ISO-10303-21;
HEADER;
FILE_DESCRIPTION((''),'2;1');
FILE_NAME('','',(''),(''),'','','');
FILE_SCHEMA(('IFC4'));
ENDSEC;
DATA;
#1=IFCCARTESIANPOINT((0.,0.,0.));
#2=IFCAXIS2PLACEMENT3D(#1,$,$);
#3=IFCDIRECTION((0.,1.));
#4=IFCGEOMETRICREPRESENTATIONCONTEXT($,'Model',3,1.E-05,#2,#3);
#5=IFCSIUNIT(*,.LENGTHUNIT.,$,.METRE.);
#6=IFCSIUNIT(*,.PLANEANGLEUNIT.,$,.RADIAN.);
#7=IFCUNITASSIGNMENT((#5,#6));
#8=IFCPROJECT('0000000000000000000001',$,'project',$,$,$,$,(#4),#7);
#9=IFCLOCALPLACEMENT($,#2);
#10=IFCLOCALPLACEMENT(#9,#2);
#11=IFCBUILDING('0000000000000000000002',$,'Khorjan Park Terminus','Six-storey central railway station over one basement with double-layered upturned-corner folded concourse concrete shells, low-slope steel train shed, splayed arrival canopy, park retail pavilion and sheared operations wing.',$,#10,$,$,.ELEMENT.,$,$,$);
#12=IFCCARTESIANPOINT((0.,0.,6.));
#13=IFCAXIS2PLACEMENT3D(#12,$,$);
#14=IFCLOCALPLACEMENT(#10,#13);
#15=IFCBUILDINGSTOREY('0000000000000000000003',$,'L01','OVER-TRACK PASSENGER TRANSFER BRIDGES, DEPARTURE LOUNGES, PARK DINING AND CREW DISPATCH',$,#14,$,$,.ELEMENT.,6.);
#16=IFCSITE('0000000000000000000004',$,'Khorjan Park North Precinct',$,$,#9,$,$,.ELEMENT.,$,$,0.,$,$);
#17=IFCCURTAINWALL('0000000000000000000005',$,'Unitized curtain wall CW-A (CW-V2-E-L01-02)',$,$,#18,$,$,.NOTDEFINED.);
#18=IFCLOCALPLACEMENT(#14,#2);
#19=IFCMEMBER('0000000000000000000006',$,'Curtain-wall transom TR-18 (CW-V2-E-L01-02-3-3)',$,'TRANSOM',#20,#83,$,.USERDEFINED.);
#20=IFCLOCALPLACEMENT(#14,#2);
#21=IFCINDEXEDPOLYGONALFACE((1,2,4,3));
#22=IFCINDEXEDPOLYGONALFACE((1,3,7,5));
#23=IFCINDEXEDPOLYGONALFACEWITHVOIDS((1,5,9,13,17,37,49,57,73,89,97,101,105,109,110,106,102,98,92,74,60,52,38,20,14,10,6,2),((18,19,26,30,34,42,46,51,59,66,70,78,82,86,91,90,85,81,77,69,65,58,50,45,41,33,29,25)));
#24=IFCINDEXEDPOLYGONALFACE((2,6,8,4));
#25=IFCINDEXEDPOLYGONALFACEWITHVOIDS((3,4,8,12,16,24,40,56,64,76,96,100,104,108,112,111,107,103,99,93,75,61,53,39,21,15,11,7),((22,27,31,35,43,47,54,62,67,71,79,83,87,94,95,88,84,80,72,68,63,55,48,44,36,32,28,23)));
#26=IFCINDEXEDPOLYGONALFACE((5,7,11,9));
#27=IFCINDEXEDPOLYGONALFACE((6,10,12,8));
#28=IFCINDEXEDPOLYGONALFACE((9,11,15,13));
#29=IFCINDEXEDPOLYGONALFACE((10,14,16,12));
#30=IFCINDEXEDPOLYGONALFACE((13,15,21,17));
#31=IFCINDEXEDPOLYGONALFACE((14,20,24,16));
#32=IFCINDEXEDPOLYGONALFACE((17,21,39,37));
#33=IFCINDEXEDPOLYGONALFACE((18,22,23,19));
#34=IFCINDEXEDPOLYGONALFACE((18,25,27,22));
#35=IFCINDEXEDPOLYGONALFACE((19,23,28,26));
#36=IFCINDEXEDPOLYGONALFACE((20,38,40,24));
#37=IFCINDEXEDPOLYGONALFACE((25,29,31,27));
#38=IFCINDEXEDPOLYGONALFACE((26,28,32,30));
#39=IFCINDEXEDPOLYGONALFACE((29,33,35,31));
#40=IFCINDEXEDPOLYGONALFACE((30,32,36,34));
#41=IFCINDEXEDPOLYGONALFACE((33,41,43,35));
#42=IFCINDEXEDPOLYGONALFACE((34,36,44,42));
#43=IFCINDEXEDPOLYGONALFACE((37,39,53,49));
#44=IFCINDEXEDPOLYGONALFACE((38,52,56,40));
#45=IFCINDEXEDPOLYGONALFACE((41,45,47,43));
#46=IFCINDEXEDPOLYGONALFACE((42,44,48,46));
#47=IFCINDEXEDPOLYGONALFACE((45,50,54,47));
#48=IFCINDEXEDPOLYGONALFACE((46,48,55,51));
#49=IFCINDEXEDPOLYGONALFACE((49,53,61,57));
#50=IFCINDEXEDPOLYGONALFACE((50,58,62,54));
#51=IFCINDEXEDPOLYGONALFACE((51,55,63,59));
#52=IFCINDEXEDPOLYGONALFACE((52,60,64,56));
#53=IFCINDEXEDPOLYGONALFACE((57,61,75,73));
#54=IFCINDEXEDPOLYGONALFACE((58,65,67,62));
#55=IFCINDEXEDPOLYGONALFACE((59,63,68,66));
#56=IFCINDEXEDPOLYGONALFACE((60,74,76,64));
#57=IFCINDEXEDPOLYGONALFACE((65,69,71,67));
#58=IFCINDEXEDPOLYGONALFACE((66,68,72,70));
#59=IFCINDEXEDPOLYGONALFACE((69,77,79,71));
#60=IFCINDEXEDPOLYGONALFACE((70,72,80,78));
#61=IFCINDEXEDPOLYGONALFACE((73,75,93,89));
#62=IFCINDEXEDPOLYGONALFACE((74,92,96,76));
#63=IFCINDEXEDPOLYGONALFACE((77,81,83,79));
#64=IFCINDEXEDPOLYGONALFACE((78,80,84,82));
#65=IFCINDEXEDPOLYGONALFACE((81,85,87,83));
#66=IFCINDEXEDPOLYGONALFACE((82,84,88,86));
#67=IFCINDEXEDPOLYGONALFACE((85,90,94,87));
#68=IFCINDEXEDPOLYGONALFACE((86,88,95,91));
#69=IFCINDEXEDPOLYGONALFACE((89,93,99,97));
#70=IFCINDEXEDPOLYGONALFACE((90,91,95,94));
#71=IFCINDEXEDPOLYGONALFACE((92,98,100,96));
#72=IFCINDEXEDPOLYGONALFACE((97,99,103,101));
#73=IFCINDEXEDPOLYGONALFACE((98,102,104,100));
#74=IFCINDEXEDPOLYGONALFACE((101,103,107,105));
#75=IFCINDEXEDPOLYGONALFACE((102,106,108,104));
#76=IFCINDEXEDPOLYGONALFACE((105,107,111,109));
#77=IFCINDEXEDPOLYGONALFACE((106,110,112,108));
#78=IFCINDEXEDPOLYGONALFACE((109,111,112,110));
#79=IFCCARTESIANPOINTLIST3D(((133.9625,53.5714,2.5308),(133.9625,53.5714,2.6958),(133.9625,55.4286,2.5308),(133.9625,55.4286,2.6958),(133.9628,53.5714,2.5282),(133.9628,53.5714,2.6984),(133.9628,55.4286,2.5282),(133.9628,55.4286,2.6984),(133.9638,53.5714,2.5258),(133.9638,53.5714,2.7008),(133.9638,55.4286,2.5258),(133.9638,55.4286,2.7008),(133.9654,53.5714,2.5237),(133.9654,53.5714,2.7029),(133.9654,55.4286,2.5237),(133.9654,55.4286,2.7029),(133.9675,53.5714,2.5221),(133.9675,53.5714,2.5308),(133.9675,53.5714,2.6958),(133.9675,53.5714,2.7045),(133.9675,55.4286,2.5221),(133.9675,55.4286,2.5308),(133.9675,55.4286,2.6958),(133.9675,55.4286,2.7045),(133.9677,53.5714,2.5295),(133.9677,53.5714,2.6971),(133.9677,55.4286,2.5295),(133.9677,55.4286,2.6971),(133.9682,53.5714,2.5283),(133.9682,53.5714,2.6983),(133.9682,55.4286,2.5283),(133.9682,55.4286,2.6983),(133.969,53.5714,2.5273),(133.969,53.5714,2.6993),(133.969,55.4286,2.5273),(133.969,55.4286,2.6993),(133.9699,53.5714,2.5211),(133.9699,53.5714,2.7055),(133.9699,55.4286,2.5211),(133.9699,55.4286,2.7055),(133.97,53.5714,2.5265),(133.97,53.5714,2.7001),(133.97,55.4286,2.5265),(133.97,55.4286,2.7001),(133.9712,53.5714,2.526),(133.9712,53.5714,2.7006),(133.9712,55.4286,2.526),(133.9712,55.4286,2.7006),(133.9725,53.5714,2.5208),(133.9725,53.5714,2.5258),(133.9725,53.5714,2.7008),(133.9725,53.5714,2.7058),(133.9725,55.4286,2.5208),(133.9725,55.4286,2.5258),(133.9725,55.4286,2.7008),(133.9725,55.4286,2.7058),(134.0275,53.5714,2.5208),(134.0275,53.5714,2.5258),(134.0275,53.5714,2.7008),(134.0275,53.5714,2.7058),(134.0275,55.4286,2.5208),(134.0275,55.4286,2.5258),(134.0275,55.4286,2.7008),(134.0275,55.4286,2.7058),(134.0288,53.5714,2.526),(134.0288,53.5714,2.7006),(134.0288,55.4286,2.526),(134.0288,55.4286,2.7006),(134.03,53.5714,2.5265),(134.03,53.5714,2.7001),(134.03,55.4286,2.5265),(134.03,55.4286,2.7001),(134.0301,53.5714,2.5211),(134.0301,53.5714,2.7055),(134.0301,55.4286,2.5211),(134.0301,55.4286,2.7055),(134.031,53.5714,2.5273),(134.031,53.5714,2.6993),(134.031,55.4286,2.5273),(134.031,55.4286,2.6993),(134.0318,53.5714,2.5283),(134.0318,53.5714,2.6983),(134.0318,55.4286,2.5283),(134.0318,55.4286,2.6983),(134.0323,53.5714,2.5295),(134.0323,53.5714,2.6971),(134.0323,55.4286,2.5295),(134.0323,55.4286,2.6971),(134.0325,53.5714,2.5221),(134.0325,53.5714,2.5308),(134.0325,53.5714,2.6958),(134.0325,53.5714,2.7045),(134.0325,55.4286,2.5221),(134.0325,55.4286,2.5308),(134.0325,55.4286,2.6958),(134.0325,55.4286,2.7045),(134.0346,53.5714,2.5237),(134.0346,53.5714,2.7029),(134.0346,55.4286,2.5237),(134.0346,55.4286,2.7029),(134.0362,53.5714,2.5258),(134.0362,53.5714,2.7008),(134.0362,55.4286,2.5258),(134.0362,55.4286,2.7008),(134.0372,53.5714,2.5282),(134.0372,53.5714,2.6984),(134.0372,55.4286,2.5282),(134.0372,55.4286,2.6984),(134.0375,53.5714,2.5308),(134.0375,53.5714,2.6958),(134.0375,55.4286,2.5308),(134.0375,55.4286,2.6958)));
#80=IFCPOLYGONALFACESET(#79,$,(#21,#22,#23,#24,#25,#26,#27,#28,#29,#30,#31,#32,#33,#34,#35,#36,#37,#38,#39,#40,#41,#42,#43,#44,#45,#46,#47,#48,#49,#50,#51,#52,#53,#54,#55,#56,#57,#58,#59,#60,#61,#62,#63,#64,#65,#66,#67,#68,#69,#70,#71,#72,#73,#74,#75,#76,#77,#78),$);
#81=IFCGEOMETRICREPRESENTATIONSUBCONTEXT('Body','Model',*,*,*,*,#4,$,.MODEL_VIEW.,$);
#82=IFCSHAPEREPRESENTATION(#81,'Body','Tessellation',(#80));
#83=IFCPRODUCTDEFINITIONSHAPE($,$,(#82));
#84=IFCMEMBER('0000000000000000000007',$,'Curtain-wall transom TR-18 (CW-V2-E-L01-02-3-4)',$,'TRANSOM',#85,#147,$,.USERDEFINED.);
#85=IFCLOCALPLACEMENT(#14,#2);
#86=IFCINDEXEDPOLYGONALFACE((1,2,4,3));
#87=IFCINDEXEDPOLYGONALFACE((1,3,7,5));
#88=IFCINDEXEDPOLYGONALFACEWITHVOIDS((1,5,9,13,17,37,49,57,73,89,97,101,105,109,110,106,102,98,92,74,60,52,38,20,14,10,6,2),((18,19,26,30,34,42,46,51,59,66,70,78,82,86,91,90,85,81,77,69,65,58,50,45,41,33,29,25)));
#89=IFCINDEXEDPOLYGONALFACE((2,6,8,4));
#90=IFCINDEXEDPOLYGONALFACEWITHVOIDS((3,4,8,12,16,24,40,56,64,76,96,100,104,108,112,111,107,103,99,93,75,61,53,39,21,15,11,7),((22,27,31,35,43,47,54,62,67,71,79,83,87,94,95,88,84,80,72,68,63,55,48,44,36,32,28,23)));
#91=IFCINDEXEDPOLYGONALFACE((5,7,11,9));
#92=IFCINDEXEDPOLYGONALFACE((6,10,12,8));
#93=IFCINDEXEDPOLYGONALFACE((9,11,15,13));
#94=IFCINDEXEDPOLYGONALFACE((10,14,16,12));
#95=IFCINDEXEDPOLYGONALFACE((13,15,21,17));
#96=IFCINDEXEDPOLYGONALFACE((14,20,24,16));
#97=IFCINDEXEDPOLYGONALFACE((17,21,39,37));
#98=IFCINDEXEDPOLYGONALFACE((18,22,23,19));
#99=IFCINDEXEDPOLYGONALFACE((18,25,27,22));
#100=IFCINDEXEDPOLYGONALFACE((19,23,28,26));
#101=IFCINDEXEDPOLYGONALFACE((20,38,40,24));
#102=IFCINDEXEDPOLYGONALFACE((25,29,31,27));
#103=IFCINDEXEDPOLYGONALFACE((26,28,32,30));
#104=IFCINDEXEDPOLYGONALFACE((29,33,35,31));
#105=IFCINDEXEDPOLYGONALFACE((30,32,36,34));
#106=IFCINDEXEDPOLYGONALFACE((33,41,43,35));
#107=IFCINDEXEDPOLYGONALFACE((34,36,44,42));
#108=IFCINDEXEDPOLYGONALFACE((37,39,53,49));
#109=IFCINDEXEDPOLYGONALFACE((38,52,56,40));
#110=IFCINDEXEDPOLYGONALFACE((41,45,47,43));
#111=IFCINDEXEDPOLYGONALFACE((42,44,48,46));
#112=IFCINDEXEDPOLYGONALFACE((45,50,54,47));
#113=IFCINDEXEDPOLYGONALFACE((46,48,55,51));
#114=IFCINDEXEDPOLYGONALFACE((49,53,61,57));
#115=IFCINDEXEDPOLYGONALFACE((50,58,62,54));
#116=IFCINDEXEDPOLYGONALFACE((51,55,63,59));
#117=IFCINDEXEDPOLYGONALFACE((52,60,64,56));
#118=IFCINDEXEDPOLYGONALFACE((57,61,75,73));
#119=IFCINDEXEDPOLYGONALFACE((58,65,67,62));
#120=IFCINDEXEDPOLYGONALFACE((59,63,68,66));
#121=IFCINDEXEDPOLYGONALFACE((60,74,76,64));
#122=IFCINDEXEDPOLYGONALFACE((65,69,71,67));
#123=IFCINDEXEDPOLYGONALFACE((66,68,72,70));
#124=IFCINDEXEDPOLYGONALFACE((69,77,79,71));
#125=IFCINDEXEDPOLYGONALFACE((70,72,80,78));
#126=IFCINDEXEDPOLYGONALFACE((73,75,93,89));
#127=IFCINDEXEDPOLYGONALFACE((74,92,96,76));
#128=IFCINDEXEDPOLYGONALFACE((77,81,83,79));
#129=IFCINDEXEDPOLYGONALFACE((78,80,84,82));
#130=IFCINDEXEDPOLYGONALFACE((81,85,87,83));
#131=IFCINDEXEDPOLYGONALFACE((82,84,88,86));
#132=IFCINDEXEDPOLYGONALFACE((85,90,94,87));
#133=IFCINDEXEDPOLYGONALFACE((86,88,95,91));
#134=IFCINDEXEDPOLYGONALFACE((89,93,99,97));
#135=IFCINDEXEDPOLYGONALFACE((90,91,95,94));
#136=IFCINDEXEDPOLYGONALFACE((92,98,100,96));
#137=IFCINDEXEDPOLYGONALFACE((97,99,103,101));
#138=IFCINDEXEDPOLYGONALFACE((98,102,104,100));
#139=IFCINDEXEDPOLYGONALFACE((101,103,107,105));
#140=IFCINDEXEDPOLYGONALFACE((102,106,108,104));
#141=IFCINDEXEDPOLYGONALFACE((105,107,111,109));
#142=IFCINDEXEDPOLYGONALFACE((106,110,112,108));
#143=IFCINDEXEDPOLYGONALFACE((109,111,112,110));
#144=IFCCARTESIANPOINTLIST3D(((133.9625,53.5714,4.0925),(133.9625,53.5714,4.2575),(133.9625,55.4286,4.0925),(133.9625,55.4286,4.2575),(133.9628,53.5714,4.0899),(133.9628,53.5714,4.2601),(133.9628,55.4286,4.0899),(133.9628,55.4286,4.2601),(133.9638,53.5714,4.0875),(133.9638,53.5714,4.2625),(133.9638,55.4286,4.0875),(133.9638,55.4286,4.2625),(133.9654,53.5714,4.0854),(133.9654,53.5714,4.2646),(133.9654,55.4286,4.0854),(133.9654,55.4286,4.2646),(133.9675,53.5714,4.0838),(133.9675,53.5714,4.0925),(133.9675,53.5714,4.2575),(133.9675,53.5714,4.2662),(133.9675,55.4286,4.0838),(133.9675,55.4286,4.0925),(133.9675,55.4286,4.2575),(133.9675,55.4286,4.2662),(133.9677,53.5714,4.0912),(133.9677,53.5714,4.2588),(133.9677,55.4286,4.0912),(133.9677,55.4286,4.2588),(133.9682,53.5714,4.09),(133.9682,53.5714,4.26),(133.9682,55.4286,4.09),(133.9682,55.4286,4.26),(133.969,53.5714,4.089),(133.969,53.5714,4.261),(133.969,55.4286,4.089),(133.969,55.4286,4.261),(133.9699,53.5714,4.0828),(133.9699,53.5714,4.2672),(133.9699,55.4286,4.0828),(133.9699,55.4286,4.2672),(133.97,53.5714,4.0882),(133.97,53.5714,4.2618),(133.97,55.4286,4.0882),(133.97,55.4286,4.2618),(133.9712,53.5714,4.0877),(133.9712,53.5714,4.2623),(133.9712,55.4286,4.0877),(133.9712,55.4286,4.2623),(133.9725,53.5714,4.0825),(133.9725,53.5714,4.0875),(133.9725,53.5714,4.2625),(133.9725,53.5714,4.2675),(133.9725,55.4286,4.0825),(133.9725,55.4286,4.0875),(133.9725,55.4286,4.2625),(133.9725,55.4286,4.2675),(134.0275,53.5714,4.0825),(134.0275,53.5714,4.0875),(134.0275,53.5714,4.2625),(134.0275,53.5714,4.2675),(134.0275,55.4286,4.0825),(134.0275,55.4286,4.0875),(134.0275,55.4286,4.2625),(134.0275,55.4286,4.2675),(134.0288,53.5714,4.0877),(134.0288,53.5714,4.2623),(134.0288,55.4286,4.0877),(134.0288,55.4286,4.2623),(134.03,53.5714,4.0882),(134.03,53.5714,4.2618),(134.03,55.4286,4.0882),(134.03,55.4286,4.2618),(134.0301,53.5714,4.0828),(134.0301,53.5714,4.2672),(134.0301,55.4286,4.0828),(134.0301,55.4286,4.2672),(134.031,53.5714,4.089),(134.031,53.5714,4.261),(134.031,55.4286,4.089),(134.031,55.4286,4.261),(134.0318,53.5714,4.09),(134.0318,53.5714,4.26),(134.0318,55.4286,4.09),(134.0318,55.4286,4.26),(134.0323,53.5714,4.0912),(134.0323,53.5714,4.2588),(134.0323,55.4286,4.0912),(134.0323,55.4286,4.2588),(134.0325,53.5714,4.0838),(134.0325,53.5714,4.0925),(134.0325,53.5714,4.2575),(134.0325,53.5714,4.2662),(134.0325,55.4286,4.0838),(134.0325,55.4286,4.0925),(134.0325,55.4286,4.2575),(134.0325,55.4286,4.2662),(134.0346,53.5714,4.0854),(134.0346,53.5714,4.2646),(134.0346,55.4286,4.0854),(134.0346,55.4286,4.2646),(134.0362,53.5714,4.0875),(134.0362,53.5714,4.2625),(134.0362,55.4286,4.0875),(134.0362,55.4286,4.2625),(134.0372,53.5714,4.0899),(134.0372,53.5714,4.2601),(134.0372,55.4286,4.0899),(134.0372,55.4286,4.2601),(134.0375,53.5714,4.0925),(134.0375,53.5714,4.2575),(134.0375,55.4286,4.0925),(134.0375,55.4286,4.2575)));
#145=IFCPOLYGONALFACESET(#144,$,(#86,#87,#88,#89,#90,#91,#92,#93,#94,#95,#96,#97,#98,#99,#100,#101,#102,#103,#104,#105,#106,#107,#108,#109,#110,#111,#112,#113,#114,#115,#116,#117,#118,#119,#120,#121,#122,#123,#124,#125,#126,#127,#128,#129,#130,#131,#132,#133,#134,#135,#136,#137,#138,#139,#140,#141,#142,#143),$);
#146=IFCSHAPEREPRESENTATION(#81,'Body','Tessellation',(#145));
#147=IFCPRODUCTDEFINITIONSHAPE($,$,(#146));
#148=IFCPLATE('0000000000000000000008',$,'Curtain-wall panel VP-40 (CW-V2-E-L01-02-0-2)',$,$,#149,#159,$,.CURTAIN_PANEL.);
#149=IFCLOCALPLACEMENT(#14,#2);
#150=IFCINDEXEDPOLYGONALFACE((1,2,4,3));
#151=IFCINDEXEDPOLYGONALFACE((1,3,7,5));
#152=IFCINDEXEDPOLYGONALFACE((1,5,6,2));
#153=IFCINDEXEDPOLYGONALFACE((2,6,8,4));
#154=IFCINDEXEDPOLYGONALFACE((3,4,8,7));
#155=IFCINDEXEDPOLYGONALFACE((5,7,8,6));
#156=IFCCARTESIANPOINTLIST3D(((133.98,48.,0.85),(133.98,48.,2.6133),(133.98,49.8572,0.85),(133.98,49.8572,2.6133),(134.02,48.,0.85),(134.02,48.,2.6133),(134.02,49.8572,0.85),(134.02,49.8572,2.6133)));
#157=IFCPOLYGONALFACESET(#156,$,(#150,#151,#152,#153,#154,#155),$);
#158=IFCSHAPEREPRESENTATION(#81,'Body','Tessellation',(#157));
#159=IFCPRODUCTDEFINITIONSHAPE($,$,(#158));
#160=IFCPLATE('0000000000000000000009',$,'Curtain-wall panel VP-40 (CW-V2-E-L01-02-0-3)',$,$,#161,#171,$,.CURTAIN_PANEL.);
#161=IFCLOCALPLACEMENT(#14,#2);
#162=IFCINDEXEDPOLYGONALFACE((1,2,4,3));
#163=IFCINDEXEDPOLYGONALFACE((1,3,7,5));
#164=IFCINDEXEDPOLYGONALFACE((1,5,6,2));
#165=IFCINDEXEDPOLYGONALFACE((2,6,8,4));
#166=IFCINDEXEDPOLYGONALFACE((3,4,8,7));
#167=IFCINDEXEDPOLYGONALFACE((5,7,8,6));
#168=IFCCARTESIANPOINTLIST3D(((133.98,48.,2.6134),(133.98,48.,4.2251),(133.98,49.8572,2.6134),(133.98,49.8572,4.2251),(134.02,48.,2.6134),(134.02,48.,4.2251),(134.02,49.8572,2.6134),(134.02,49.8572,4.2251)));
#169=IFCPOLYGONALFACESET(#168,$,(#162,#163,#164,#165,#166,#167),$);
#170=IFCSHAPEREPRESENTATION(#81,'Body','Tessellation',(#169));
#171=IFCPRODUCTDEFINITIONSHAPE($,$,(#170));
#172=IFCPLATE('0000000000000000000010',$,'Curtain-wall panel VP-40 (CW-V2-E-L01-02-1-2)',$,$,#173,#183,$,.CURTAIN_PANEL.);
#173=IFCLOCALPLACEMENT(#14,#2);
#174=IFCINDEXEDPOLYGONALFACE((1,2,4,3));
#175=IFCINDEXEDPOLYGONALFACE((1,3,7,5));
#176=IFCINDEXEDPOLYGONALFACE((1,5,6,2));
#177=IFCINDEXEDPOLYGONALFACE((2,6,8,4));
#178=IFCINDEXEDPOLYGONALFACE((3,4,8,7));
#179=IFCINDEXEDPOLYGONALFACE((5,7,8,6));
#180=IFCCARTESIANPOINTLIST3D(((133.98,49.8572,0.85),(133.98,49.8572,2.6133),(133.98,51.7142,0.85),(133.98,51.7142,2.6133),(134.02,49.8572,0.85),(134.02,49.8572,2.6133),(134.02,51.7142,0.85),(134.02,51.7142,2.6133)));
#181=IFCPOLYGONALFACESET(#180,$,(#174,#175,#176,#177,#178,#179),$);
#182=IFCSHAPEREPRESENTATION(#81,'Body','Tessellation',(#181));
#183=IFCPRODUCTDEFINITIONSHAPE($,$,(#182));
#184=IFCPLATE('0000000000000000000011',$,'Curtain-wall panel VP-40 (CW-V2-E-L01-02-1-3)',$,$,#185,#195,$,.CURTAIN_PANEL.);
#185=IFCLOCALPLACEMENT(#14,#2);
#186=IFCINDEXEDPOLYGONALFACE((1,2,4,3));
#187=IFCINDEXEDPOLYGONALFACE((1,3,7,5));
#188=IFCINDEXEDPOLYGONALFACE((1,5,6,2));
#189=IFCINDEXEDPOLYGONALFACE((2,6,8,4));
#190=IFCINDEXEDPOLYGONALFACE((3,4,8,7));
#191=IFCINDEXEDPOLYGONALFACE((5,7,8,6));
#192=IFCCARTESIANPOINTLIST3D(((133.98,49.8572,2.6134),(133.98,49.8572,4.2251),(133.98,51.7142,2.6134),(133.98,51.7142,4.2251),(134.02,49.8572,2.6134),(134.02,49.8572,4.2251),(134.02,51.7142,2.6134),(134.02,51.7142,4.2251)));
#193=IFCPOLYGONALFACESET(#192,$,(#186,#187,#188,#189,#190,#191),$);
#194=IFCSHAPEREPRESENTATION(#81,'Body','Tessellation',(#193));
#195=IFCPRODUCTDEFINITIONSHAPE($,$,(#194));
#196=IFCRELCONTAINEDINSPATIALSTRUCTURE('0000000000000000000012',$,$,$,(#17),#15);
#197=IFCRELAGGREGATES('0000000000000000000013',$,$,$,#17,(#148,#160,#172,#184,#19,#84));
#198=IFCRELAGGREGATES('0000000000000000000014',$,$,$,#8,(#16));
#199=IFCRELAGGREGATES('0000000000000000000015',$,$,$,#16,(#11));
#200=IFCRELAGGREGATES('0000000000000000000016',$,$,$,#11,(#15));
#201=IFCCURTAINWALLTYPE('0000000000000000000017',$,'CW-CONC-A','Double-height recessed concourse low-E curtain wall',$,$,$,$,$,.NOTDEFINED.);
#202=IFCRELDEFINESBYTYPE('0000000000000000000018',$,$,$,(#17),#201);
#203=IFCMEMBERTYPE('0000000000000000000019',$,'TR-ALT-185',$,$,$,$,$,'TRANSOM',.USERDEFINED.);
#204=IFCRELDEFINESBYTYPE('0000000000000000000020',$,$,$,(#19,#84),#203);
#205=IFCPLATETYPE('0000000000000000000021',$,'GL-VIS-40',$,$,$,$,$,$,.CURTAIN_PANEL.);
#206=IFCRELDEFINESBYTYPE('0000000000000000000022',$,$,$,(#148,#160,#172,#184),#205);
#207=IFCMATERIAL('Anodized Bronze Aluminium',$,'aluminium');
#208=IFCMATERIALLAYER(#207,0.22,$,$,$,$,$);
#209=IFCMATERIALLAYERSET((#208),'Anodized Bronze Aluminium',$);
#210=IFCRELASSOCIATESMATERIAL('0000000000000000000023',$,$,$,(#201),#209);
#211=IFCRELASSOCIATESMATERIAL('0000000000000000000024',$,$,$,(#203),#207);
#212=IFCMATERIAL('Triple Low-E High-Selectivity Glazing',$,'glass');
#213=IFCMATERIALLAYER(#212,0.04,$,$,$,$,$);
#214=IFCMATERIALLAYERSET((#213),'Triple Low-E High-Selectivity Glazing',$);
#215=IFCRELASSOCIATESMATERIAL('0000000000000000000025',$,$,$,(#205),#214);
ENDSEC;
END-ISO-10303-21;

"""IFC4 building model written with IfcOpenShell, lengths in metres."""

from ifc_helpers import new_model, si_unit, direction, frame, origin, origin_2d, place, context, subcontext, project, spatial, rectangle, hollow_rectangle, extrude, material, layer, layer_set, material_profile, profile_set, type_object, element, aggregate, save


model = new_model("IFC4")

# Units and contexts
model_context = context("Model", 3, precision=1e-05, world=origin(), true_north=direction((0.0, 1.0)))
body_context = subcontext(model_context, "Body", "Model", "MODEL_VIEW")
ifc_project = project(units=[si_unit("LENGTHUNIT", "METRE"), si_unit("PLANEANGLEUNIT", "RADIAN")], contexts=[model_context])

# Site, building, storey
site_placement = place(None, origin())
site = spatial("IfcSite", under=ifc_project, at=site_placement, Name="Khorjan Park North Precinct", CompositionType="ELEMENT", RefElevation=0.0)
building_placement = place(site_placement, origin())
building = spatial("IfcBuilding", under=site, at=building_placement, Name="Khorjan Park Terminus", Description="Six-storey central railway station over one basement with double-layered upturned-corner folded concourse concrete shells, low-slope steel train shed, splayed arrival canopy, park retail pavilion and sheared operations wing.", CompositionType="ELEMENT")
storey_placement = place(building_placement, frame((0.0, 0.0, 6.0)))
storey = spatial("IfcBuildingStorey", under=building, at=storey_placement, Name="L01", Description="OVER-TRACK PASSENGER TRANSFER BRIDGES, DEPARTURE LOUNGES, PARK DINING AND CREW DISPATCH", CompositionType="ELEMENT", Elevation=6.0)

# Curtain wall, members, plates
ifc_material_1 = material(Name="Anodized Bronze Aluminium", Category="aluminium")
ifc_layer_1 = layer(ifc_material_1, 0.22)
ifc_layer_set_1 = layer_set([ifc_layer_1], Name="Anodized Bronze Aluminium")
curtain_wall_type = type_object("IfcCurtainWallType", Name="CW-CONC-A", Description="Double-height recessed concourse low-E curtain wall", PredefinedType="NOTDEFINED", material=ifc_layer_set_1)
curtain_wall_placement = place(storey_placement, origin())
curtain_wall = element("IfcCurtainWall", 1, at=curtain_wall_placement, inside=storey, type_object=curtain_wall_type, Name="Unitized curtain wall CW-A (CW-V2-E-L01-02)", PredefinedType="NOTDEFINED")
ifc_material_profile_1 = material_profile(ifc_material_1, hollow_rectangle(XDim=0.075, YDim=0.185, WallThickness=0.005, InnerFilletRadius=0.005, OuterFilletRadius=0.01, at=origin_2d()), Name="ALT 75x185x5")
ifc_profile_set_1 = profile_set([ifc_material_profile_1], Name="Anodized Bronze Aluminium")
member_type_1 = type_object("IfcMemberType", Name="TR-ALT-185", ElementType="TRANSOM", PredefinedType="USERDEFINED", material=ifc_profile_set_1)
member_1_placement = place(storey_placement, frame((134.0, 53.5714, 2.6133), z_axis=(0.0, 1.0, 0.0), x_axis=(-1.0, 0.0, 0.0)))
member_1 = element("IfcMember", 2, at=member_1_placement, type_object=member_type_1, Name="Curtain-wall transom TR-18 (CW-V2-E-L01-02-3-3)", ObjectType="TRANSOM", PredefinedType="USERDEFINED", context=body_context, shape_type="SweptSolid", body=[
    extrude(hollow_rectangle(XDim=0.075, YDim=0.185, WallThickness=0.005, InnerFilletRadius=0.005, OuterFilletRadius=0.01, at=origin_2d()), origin(), (0.0, 0.0, 1.0), 1.8572),
])
member_2_placement = place(storey_placement, frame((134.0, 53.5714, 4.175), z_axis=(0.0, 1.0, 0.0), x_axis=(-1.0, 0.0, 0.0)))
member_2 = element("IfcMember", 3, at=member_2_placement, type_object=member_type_1, Name="Curtain-wall transom TR-18 (CW-V2-E-L01-02-3-4)", ObjectType="TRANSOM", PredefinedType="USERDEFINED", context=body_context, shape_type="SweptSolid", body=[
    extrude(hollow_rectangle(XDim=0.075, YDim=0.185, WallThickness=0.005, InnerFilletRadius=0.005, OuterFilletRadius=0.01, at=origin_2d()), origin(), (0.0, 0.0, 1.0), 1.8572),
])
ifc_material_2 = material(Name="Triple Low-E High-Selectivity Glazing", Category="glass")
ifc_layer_2 = layer(ifc_material_2, 0.04)
ifc_layer_set_2 = layer_set([ifc_layer_2], Name="Triple Low-E High-Selectivity Glazing")
plate_type_1 = type_object("IfcPlateType", Name="GL-VIS-40", PredefinedType="CURTAIN_PANEL", material=ifc_layer_set_2)
plate_1_placement = place(storey_placement, frame((134.0, 48.9286, 0.85), z_axis=(0.0, 0.0, 1.0), x_axis=(0.0, 1.0, 0.0)))
plate_1 = element("IfcPlate", 4, at=plate_1_placement, type_object=plate_type_1, Name="Curtain-wall panel VP-40 (CW-V2-E-L01-02-0-2)", PredefinedType="CURTAIN_PANEL", context=body_context, shape_type="SweptSolid", body=[
    extrude(rectangle(XDim=1.8571, YDim=0.04, at=origin_2d()), origin(), (0.0, 0.0, 1.0), 1.7633),
])
plate_2_placement = place(storey_placement, frame((134.0, 48.9286, 2.6134), z_axis=(0.0, 0.0, 1.0), x_axis=(0.0, 1.0, 0.0)))
plate_2 = element("IfcPlate", 5, at=plate_2_placement, type_object=plate_type_1, Name="Curtain-wall panel VP-40 (CW-V2-E-L01-02-0-3)", PredefinedType="CURTAIN_PANEL", context=body_context, shape_type="SweptSolid", body=[
    extrude(rectangle(XDim=1.8571, YDim=0.04, at=origin_2d()), origin(), (0.0, 0.0, 1.0), 1.6117),
])
plate_3_placement = place(storey_placement, frame((134.0, 50.7857, 0.85), z_axis=(0.0, 0.0, 1.0), x_axis=(0.0, 1.0, 0.0)))
plate_3 = element("IfcPlate", 6, at=plate_3_placement, type_object=plate_type_1, Name="Curtain-wall panel VP-40 (CW-V2-E-L01-02-1-2)", PredefinedType="CURTAIN_PANEL", context=body_context, shape_type="SweptSolid", body=[
    extrude(rectangle(XDim=1.8571, YDim=0.04, at=origin_2d()), origin(), (0.0, 0.0, 1.0), 1.7633),
])
plate_4_placement = place(storey_placement, frame((134.0, 50.7857, 2.6134), z_axis=(0.0, 0.0, 1.0), x_axis=(0.0, 1.0, 0.0)))
plate_4 = element("IfcPlate", 7, at=plate_4_placement, type_object=plate_type_1, Name="Curtain-wall panel VP-40 (CW-V2-E-L01-02-1-3)", PredefinedType="CURTAIN_PANEL", context=body_context, shape_type="SweptSolid", body=[
    extrude(rectangle(XDim=1.8571, YDim=0.04, at=origin_2d()), origin(), (0.0, 0.0, 1.0), 1.6117),
])
aggregate(curtain_wall, [plate_1, plate_2, plate_3, plate_4, member_1, member_2])

save(model, "model.ifc")
